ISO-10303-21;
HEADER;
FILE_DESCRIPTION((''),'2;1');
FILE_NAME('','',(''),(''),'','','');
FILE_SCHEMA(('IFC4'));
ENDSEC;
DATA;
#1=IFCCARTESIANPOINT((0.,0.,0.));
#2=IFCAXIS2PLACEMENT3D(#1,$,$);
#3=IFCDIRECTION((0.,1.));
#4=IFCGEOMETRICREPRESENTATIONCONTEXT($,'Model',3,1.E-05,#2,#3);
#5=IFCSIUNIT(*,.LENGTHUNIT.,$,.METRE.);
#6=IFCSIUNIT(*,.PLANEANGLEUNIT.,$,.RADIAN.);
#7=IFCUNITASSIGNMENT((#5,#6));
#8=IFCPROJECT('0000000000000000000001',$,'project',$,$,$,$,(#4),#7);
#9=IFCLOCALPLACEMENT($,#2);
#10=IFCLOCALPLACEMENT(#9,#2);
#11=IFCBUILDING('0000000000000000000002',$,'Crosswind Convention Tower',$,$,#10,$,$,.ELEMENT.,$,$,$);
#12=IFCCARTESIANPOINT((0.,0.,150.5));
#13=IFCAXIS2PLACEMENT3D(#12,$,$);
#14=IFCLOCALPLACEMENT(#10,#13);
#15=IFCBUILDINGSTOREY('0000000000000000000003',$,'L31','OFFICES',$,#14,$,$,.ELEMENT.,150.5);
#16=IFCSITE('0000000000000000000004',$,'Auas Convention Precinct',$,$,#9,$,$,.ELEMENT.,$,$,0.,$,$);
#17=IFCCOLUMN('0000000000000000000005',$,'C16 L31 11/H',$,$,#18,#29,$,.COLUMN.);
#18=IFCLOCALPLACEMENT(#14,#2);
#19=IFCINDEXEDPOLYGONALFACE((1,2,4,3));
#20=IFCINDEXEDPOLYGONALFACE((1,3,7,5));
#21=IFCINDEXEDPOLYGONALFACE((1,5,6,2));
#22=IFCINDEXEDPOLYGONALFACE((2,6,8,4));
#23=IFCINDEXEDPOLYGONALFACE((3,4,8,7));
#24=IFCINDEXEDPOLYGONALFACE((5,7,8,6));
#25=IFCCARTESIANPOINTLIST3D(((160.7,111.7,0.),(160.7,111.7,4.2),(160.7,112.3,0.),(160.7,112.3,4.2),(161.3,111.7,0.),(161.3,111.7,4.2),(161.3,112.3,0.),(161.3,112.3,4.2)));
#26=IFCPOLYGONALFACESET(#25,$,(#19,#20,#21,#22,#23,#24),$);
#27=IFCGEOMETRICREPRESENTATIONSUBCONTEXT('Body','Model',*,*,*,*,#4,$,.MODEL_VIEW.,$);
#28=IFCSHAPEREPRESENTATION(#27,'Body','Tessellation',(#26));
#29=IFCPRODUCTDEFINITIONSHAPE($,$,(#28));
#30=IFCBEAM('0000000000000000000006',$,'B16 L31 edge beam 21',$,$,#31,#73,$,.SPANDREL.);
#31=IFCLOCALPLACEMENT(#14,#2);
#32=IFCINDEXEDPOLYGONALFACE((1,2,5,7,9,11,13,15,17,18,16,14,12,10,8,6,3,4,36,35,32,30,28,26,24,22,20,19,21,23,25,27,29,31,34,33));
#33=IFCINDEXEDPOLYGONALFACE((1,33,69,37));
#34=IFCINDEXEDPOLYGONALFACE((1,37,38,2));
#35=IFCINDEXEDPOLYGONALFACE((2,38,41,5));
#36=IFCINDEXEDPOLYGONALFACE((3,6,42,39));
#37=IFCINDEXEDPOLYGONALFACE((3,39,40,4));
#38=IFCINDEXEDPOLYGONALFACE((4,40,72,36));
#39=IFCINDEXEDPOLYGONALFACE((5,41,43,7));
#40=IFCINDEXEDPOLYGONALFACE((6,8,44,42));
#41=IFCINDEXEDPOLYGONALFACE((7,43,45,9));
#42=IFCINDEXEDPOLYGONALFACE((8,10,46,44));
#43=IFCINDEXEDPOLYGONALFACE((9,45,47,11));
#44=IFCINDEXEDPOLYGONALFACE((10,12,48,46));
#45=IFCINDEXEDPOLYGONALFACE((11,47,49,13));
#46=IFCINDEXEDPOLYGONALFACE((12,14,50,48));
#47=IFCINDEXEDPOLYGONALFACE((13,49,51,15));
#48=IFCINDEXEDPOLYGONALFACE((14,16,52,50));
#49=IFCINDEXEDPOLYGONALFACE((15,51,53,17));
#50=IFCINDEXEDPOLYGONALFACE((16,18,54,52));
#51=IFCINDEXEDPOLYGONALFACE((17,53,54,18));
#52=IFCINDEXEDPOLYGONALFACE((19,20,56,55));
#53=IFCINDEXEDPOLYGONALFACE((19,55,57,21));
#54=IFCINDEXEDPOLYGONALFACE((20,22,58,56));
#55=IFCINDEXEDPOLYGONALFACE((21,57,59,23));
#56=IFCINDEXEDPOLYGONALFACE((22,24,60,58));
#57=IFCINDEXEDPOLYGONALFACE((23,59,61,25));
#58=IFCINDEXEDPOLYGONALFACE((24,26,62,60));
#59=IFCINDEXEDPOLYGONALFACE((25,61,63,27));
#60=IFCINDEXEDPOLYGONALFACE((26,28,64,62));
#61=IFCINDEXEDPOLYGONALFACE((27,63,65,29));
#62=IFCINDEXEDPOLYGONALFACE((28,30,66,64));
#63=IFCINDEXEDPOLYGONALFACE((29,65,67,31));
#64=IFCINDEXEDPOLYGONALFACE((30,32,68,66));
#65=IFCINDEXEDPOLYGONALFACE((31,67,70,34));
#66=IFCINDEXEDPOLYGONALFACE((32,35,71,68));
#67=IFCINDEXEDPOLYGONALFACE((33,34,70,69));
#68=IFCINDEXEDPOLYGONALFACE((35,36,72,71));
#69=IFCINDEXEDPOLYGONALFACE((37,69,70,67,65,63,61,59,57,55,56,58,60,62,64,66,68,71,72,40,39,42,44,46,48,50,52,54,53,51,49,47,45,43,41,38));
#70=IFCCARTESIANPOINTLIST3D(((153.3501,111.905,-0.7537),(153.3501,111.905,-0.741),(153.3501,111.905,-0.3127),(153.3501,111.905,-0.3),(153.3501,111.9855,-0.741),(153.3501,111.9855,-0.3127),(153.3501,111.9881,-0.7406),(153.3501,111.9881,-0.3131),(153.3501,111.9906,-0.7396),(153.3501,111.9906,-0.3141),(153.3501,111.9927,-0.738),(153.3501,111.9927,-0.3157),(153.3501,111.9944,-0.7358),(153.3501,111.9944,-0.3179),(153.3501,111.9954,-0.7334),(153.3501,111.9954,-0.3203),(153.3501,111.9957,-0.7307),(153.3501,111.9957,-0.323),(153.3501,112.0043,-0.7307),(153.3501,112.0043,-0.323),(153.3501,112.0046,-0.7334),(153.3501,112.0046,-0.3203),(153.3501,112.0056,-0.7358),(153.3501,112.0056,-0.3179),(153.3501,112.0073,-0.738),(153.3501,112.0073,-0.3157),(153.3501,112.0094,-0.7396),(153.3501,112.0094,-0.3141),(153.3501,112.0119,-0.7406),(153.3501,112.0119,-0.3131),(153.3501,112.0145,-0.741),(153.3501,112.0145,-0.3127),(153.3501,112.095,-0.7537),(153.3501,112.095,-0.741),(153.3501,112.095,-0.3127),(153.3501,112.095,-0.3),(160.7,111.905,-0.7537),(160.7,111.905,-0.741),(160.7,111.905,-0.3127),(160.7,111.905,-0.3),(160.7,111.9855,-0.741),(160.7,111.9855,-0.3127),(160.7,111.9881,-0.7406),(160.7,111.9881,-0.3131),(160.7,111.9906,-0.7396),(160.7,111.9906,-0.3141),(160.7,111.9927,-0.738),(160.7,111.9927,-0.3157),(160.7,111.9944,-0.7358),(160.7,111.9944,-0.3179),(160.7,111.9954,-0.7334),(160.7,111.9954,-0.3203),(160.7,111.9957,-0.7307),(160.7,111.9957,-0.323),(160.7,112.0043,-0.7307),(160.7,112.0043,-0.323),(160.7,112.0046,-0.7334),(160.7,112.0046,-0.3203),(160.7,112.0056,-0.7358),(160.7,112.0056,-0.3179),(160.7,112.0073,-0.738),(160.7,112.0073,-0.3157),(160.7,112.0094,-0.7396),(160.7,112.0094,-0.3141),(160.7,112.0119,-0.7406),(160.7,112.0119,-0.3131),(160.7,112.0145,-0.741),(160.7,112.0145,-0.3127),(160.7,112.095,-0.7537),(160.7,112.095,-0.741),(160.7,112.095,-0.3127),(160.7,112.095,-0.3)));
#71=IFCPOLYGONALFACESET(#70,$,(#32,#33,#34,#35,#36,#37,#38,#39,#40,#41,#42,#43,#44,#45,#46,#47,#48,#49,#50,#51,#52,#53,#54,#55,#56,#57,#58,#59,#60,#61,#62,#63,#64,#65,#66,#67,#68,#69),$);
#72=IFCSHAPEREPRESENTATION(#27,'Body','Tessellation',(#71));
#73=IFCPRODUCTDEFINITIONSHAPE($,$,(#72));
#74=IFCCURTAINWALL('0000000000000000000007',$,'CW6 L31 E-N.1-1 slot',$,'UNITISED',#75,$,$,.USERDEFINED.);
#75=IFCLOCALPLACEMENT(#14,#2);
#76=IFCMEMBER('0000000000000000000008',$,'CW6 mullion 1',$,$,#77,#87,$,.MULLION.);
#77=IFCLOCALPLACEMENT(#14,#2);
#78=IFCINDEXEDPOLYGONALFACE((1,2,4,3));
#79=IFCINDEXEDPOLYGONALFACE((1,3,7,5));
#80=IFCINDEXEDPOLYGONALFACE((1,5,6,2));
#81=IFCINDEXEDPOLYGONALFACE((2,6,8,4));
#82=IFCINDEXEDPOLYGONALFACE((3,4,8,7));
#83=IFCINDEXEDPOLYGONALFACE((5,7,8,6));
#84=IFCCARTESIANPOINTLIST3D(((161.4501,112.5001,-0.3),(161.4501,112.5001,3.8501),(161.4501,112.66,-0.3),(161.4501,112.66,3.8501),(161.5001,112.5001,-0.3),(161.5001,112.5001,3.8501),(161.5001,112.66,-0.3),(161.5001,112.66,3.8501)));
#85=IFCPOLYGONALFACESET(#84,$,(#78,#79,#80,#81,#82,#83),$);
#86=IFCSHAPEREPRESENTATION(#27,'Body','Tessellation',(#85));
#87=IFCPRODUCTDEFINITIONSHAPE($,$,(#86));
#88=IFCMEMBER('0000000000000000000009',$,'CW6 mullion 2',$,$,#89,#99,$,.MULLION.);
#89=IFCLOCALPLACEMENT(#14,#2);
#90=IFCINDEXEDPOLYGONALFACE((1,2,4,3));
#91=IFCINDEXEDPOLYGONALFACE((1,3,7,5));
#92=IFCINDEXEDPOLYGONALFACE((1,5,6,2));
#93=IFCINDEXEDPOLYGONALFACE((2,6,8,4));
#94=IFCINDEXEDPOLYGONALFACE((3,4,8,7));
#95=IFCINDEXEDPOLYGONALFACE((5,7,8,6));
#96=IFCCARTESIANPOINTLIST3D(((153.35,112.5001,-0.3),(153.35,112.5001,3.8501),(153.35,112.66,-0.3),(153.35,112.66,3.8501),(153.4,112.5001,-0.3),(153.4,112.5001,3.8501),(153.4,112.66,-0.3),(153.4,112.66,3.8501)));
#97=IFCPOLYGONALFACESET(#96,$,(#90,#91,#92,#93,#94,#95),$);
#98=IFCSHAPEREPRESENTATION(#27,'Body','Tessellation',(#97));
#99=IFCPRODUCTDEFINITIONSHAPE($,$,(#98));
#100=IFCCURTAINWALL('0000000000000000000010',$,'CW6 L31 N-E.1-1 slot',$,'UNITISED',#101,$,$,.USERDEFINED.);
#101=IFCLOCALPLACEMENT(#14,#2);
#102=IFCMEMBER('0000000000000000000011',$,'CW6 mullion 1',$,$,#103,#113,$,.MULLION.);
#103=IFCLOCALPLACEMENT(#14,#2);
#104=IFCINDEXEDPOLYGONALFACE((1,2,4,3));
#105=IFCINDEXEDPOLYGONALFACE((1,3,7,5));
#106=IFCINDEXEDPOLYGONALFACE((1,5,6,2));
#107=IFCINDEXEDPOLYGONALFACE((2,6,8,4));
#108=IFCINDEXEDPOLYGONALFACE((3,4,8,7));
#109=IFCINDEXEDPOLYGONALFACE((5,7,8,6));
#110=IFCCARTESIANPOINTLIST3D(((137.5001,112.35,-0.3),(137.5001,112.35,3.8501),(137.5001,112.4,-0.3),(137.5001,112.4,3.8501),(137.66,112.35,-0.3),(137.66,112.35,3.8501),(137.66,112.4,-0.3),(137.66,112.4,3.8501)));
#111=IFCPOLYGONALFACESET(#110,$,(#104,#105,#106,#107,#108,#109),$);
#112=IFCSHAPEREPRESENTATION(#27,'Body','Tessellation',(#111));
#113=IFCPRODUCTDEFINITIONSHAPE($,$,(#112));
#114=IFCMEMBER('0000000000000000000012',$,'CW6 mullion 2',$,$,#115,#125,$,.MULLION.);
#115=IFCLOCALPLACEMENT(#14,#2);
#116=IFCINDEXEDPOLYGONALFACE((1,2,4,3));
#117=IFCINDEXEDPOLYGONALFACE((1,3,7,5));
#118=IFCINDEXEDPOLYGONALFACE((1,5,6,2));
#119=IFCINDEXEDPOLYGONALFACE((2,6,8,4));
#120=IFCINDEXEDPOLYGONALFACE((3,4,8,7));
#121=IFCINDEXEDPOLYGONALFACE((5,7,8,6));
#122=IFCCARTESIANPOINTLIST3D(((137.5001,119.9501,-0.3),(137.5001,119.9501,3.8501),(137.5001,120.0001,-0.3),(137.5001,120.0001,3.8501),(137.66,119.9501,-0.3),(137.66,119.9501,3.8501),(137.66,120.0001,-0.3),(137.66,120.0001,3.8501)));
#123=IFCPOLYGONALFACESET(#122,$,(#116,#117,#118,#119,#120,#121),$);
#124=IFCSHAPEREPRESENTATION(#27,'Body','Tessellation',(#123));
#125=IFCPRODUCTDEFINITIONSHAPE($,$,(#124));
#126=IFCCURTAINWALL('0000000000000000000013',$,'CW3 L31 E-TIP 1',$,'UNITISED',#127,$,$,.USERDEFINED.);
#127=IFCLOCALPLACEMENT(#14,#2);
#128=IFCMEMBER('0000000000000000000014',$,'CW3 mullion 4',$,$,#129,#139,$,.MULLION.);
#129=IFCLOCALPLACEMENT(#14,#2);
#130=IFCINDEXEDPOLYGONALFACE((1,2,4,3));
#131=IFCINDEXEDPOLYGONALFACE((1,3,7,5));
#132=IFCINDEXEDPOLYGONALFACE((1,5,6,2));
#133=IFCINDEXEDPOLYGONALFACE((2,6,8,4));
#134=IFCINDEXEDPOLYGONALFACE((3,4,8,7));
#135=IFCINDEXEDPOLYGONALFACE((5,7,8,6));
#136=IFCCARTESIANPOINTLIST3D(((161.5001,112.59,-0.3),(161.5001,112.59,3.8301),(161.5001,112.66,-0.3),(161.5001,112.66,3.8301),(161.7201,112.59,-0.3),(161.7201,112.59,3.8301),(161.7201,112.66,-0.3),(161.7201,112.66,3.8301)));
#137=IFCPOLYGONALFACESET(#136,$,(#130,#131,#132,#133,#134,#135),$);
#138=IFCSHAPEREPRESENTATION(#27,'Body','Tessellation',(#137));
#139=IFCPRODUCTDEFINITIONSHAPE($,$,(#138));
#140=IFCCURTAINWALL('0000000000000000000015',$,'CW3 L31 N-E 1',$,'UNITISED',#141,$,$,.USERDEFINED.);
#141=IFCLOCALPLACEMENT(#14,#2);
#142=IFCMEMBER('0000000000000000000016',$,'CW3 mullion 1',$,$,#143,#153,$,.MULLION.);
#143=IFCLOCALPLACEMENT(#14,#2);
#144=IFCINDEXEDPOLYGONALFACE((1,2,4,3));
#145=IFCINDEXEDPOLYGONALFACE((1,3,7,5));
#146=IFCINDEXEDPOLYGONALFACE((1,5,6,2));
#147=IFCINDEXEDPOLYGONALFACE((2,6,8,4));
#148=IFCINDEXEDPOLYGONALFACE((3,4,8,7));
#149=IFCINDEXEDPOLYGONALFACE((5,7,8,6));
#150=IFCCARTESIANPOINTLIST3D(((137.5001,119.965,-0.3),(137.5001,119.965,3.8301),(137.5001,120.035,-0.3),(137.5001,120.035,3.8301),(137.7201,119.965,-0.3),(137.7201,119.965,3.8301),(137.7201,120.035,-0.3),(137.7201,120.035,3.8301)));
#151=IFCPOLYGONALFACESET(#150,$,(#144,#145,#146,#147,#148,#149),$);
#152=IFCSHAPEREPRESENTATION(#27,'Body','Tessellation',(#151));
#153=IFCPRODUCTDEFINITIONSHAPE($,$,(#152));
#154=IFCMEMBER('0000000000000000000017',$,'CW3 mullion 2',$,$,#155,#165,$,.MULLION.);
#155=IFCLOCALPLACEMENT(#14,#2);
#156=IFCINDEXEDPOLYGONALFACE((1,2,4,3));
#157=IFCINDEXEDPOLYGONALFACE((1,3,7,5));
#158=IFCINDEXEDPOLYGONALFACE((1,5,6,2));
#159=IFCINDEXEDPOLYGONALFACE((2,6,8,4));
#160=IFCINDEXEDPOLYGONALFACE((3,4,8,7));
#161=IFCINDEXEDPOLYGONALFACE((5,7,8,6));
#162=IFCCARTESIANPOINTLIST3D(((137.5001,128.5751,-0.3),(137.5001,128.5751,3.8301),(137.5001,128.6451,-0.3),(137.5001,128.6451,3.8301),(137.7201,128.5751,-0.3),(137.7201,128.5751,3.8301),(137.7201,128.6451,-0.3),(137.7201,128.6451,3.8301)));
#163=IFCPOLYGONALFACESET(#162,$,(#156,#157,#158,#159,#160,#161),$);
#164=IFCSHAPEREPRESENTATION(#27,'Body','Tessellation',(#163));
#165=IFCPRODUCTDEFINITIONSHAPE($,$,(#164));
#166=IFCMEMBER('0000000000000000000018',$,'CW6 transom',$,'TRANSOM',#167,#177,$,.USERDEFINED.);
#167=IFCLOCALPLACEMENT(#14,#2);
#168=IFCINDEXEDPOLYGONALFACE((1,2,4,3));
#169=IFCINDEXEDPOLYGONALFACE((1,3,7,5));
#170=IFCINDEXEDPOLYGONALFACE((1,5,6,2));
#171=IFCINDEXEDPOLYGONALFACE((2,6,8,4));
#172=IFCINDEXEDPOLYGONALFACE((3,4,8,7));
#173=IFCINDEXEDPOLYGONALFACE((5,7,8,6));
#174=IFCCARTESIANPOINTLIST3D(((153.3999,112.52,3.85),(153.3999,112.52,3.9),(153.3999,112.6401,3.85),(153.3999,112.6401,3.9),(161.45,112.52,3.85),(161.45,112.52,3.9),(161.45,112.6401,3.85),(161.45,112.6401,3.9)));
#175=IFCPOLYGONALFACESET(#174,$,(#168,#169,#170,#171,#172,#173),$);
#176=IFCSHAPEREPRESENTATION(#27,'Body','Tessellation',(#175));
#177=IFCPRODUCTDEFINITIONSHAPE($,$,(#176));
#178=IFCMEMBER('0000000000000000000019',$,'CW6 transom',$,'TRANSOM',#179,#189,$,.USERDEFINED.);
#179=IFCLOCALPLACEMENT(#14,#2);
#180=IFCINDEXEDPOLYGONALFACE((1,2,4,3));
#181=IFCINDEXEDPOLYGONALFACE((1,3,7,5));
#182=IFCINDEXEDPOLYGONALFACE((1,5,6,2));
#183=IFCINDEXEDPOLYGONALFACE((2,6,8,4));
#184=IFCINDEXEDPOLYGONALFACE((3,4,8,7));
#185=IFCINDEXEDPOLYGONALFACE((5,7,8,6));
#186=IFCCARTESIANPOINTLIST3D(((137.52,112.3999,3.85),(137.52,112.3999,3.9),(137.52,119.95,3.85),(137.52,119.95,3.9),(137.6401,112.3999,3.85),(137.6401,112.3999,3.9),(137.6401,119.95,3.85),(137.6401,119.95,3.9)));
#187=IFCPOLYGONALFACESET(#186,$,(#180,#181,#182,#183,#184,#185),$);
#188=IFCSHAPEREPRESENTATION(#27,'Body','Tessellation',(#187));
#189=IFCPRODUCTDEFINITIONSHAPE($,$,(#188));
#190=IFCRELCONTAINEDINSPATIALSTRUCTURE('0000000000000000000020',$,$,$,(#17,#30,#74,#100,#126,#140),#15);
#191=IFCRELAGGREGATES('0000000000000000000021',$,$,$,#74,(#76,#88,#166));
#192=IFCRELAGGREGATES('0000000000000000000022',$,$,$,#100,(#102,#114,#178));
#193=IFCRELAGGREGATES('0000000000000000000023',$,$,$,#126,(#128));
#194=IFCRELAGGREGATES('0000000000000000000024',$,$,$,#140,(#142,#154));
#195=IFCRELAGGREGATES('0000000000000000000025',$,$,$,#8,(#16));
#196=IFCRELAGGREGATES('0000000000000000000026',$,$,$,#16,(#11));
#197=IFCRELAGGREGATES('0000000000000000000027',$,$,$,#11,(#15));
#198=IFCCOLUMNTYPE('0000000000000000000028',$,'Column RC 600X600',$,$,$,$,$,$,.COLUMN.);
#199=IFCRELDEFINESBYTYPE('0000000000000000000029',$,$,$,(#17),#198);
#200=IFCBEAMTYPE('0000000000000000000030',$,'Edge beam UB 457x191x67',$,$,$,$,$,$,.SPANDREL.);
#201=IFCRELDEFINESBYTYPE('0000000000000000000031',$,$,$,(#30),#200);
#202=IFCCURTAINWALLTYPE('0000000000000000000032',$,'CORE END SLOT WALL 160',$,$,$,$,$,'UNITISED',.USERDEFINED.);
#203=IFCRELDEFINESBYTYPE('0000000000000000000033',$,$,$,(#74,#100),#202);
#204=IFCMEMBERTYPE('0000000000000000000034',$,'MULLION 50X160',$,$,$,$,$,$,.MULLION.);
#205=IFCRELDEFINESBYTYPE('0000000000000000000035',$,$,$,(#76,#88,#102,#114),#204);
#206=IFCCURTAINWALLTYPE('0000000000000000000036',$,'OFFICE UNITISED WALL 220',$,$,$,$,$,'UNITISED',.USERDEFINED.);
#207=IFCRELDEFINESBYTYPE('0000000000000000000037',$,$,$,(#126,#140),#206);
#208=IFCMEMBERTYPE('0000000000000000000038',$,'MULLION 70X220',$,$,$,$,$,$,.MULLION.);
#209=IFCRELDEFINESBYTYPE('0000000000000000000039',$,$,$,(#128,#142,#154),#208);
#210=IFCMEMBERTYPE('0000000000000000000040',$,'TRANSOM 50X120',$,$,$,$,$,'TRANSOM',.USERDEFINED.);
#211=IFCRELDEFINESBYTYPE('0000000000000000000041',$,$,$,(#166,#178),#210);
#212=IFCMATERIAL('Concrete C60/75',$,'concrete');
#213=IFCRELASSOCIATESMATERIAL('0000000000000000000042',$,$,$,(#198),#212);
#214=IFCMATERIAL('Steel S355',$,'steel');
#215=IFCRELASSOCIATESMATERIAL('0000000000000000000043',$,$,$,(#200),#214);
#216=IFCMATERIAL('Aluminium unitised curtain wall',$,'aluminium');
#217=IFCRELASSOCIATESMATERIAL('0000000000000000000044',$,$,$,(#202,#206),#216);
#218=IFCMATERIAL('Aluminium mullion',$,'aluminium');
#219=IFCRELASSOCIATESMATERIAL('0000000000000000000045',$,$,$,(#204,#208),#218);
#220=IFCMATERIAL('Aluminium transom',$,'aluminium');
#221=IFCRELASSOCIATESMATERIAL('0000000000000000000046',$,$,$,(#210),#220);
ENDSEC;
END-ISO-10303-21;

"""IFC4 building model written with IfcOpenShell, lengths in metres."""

from ifc_helpers import new_model, si_unit, direction, frame, origin, origin_2d, place, context, subcontext, project, spatial, rectangle, i_section, extrude, material, material_profile, profile_set, type_object, element, aggregate, save


model = new_model("IFC4")

# Units and contexts
model_context = context("Model", 3, precision=1e-05, world=origin(), true_north=direction((0.0, 1.0)))
body_context = subcontext(model_context, "Body", "Model", "MODEL_VIEW")
ifc_project = project(units=[si_unit("LENGTHUNIT", "METRE"), si_unit("PLANEANGLEUNIT", "RADIAN")], contexts=[model_context])

# Site, building, storey
site_placement = place(None, origin())
site = spatial("IfcSite", under=ifc_project, at=site_placement, Name="Auas Convention Precinct", CompositionType="ELEMENT", RefElevation=0.0)
building_placement = place(site_placement, origin())
building = spatial("IfcBuilding", under=site, at=building_placement, Name="Crosswind Convention Tower", CompositionType="ELEMENT")
storey_placement = place(building_placement, frame((0.0, 0.0, 150.5)))
storey = spatial("IfcBuildingStorey", under=building, at=storey_placement, Name="L31", Description="OFFICES", CompositionType="ELEMENT", Elevation=150.5)

# Column
ifc_material_1 = material(Name="Concrete C60/75", Category="concrete")
ifc_material_profile_1 = material_profile(ifc_material_1, rectangle(XDim=0.6001, YDim=0.6001, at=origin_2d()), Name="RC 600X600")
ifc_profile_set_1 = profile_set([ifc_material_profile_1], Name="Concrete C60/75")
column_type = type_object("IfcColumnType", Name="Column RC 600X600", PredefinedType="COLUMN", material=ifc_profile_set_1)
column_placement = place(storey_placement, frame((161.0, 112.0, 0.0), z_axis=(0.0, 0.0, 1.0), x_axis=(1.0, 0.0, 0.0)))
element("IfcColumn", 1, at=column_placement, inside=storey, type_object=column_type, Name="C16 L31 11/H", PredefinedType="COLUMN", context=body_context, shape_type="SweptSolid", body=[
    extrude(rectangle(XDim=0.6001, YDim=0.6001, at=origin_2d()), origin(), (0.0, 0.0, 1.0), 4.2),
])

# Beam
ifc_material_2 = material(Name="Steel S355", Category="steel")
ifc_material_profile_2 = material_profile(ifc_material_2, i_section(OverallWidth=0.1899, OverallDepth=0.4536, WebThickness=0.0085, FlangeThickness=0.0127, FilletRadius=0.0103, at=origin_2d()), Name="UB 457x191x67")
ifc_profile_set_2 = profile_set([ifc_material_profile_2], Name="Steel S355")
beam_type = type_object("IfcBeamType", Name="Edge beam UB 457x191x67", PredefinedType="SPANDREL", material=ifc_profile_set_2)
beam_placement = place(storey_placement, frame((153.3501, 112.0, -0.5269), z_axis=(1.0, 0.0, 0.0), x_axis=(0.0, 1.0, 0.0)))
element("IfcBeam", 2, at=beam_placement, inside=storey, type_object=beam_type, Name="B16 L31 edge beam 21", PredefinedType="SPANDREL", context=body_context, shape_type="SweptSolid", body=[
    extrude(i_section(OverallWidth=0.1899, OverallDepth=0.4536, WebThickness=0.0085, FlangeThickness=0.0127, FilletRadius=0.0103, at=origin_2d()), origin(), (0.0, 0.0, 1.0), 7.3499),
])

# Curtain walls, members
ifc_material_3 = material(Name="Aluminium unitised curtain wall", Category="aluminium")
curtain_wall_type_1 = type_object("IfcCurtainWallType", Name="CORE END SLOT WALL 160", ElementType="UNITISED", PredefinedType="USERDEFINED", material=ifc_material_3)
curtain_wall_1_placement = place(storey_placement, origin())
curtain_wall_1 = element("IfcCurtainWall", 3, at=curtain_wall_1_placement, inside=storey, type_object=curtain_wall_type_1, Name="CW6 L31 E-N.1-1 slot", ObjectType="UNITISED", PredefinedType="USERDEFINED")
ifc_material_4 = material(Name="Aluminium mullion", Category="aluminium")
ifc_material_profile_3 = material_profile(ifc_material_4, rectangle(XDim=0.1599, YDim=0.05, at=origin_2d()), Name="AL 160X50")
ifc_profile_set_3 = profile_set([ifc_material_profile_3], Name="Aluminium mullion")
member_type_1 = type_object("IfcMemberType", Name="MULLION 50X160", PredefinedType="MULLION", material=ifc_profile_set_3)
member_1_placement = place(storey_placement, frame((161.4751, 112.5801, -0.3), z_axis=(0.0, 0.0, 1.0), x_axis=(0.0, 1.0, 0.0)))
member_1 = element("IfcMember", 4, at=member_1_placement, type_object=member_type_1, Name="CW6 mullion 1", PredefinedType="MULLION", context=body_context, shape_type="SweptSolid", body=[
    extrude(rectangle(XDim=0.1599, YDim=0.05, at=origin_2d()), origin(), (0.0, 0.0, 1.0), 4.1501),
])
member_2_placement = place(storey_placement, frame((153.375, 112.5801, -0.3), z_axis=(0.0, 0.0, 1.0), x_axis=(0.0, 1.0, 0.0)))
member_2 = element("IfcMember", 5, at=member_2_placement, type_object=member_type_1, Name="CW6 mullion 2", PredefinedType="MULLION", context=body_context, shape_type="SweptSolid", body=[
    extrude(rectangle(XDim=0.1599, YDim=0.05, at=origin_2d()), origin(), (0.0, 0.0, 1.0), 4.1501),
])
curtain_wall_2_placement = place(storey_placement, origin())
curtain_wall_2 = element("IfcCurtainWall", 6, at=curtain_wall_2_placement, inside=storey, type_object=curtain_wall_type_1, Name="CW6 L31 N-E.1-1 slot", ObjectType="UNITISED", PredefinedType="USERDEFINED")
member_3_placement = place(storey_placement, frame((137.5801, 112.375, -0.3), z_axis=(0.0, 0.0, 1.0), x_axis=(1.0, 0.0, 0.0)))
member_3 = element("IfcMember", 7, at=member_3_placement, type_object=member_type_1, Name="CW6 mullion 1", PredefinedType="MULLION", context=body_context, shape_type="SweptSolid", body=[
    extrude(rectangle(XDim=0.1599, YDim=0.05, at=origin_2d()), origin(), (0.0, 0.0, 1.0), 4.1501),
])
member_4_placement = place(storey_placement, frame((137.5801, 119.9751, -0.3), z_axis=(0.0, 0.0, 1.0), x_axis=(1.0, 0.0, 0.0)))
member_4 = element("IfcMember", 8, at=member_4_placement, type_object=member_type_1, Name="CW6 mullion 2", PredefinedType="MULLION", context=body_context, shape_type="SweptSolid", body=[
    extrude(rectangle(XDim=0.1599, YDim=0.05, at=origin_2d()), origin(), (0.0, 0.0, 1.0), 4.1501),
])

# Curtain wall, member
curtain_wall_type_2 = type_object("IfcCurtainWallType", Name="OFFICE UNITISED WALL 220", ElementType="UNITISED", PredefinedType="USERDEFINED", material=ifc_material_3)
curtain_wall_3_placement = place(storey_placement, origin())
curtain_wall_3 = element("IfcCurtainWall", 9, at=curtain_wall_3_placement, inside=storey, type_object=curtain_wall_type_2, Name="CW3 L31 E-TIP 1", ObjectType="UNITISED", PredefinedType="USERDEFINED")
ifc_material_profile_4 = material_profile(ifc_material_4, rectangle(XDim=0.22, YDim=0.0701, at=origin_2d()), Name="AL 220X70")
ifc_profile_set_4 = profile_set([ifc_material_profile_4], Name="Aluminium mullion")
member_type_2 = type_object("IfcMemberType", Name="MULLION 70X220", PredefinedType="MULLION", material=ifc_profile_set_4)
member_5_placement = place(storey_placement, frame((161.6101, 112.625, -0.3), z_axis=(0.0, 0.0, 1.0), x_axis=(1.0, 0.0, 0.0)))
member_5 = element("IfcMember", 10, at=member_5_placement, type_object=member_type_2, Name="CW3 mullion 4", PredefinedType="MULLION", context=body_context, shape_type="SweptSolid", body=[
    extrude(rectangle(XDim=0.22, YDim=0.0701, at=origin_2d()), origin(), (0.0, 0.0, 1.0), 4.1301),
])

# Curtain wall, members
curtain_wall_4_placement = place(storey_placement, origin())
curtain_wall_4 = element("IfcCurtainWall", 11, at=curtain_wall_4_placement, inside=storey, type_object=curtain_wall_type_2, Name="CW3 L31 N-E 1", ObjectType="UNITISED", PredefinedType="USERDEFINED")
member_6_placement = place(storey_placement, frame((137.6101, 120.0, -0.3), z_axis=(0.0, 0.0, 1.0), x_axis=(1.0, 0.0, 0.0)))
member_6 = element("IfcMember", 12, at=member_6_placement, type_object=member_type_2, Name="CW3 mullion 1", PredefinedType="MULLION", context=body_context, shape_type="SweptSolid", body=[
    extrude(rectangle(XDim=0.22, YDim=0.0701, at=origin_2d()), origin(), (0.0, 0.0, 1.0), 4.1301),
])
member_7_placement = place(storey_placement, frame((137.6101, 128.6101, -0.3), z_axis=(0.0, 0.0, 1.0), x_axis=(1.0, 0.0, 0.0)))
member_7 = element("IfcMember", 13, at=member_7_placement, type_object=member_type_2, Name="CW3 mullion 2", PredefinedType="MULLION", context=body_context, shape_type="SweptSolid", body=[
    extrude(rectangle(XDim=0.22, YDim=0.0701, at=origin_2d()), origin(), (0.0, 0.0, 1.0), 4.1301),
])

# Members
ifc_material_5 = material(Name="Aluminium transom", Category="aluminium")
ifc_material_profile_5 = material_profile(ifc_material_5, rectangle(XDim=0.1201, YDim=0.05, at=origin_2d()), Name="AL 120X50")
ifc_profile_set_5 = profile_set([ifc_material_profile_5], Name="Aluminium transom")
member_type_3 = type_object("IfcMemberType", Name="TRANSOM 50X120", ElementType="TRANSOM", PredefinedType="USERDEFINED", material=ifc_profile_set_5)
member_8_placement = place(storey_placement, frame((161.45, 112.5801, 3.875), z_axis=(-1.0, 0.0, 0.0), x_axis=(0.0, -1.0, 0.0)))
member_8 = element("IfcMember", 14, at=member_8_placement, type_object=member_type_3, Name="CW6 transom", ObjectType="TRANSOM", PredefinedType="USERDEFINED", context=body_context, shape_type="SweptSolid", body=[
    extrude(rectangle(XDim=0.1201, YDim=0.05, at=origin_2d()), origin(), (0.0, 0.0, 1.0), 8.05),
])
member_9_placement = place(storey_placement, frame((137.5801, 112.3999, 3.875), z_axis=(0.0, 1.0, 0.0), x_axis=(-1.0, 0.0, 0.0)))
member_9 = element("IfcMember", 15, at=member_9_placement, type_object=member_type_3, Name="CW6 transom", ObjectType="TRANSOM", PredefinedType="USERDEFINED", context=body_context, shape_type="SweptSolid", body=[
    extrude(rectangle(XDim=0.1201, YDim=0.05, at=origin_2d()), origin(), (0.0, 0.0, 1.0), 7.55),
])

aggregate(curtain_wall_1, [member_1, member_2, member_8])
aggregate(curtain_wall_2, [member_3, member_4, member_9])
aggregate(curtain_wall_3, [member_5])

aggregate(curtain_wall_4, [member_6, member_7])

save(model, "model.ifc")
